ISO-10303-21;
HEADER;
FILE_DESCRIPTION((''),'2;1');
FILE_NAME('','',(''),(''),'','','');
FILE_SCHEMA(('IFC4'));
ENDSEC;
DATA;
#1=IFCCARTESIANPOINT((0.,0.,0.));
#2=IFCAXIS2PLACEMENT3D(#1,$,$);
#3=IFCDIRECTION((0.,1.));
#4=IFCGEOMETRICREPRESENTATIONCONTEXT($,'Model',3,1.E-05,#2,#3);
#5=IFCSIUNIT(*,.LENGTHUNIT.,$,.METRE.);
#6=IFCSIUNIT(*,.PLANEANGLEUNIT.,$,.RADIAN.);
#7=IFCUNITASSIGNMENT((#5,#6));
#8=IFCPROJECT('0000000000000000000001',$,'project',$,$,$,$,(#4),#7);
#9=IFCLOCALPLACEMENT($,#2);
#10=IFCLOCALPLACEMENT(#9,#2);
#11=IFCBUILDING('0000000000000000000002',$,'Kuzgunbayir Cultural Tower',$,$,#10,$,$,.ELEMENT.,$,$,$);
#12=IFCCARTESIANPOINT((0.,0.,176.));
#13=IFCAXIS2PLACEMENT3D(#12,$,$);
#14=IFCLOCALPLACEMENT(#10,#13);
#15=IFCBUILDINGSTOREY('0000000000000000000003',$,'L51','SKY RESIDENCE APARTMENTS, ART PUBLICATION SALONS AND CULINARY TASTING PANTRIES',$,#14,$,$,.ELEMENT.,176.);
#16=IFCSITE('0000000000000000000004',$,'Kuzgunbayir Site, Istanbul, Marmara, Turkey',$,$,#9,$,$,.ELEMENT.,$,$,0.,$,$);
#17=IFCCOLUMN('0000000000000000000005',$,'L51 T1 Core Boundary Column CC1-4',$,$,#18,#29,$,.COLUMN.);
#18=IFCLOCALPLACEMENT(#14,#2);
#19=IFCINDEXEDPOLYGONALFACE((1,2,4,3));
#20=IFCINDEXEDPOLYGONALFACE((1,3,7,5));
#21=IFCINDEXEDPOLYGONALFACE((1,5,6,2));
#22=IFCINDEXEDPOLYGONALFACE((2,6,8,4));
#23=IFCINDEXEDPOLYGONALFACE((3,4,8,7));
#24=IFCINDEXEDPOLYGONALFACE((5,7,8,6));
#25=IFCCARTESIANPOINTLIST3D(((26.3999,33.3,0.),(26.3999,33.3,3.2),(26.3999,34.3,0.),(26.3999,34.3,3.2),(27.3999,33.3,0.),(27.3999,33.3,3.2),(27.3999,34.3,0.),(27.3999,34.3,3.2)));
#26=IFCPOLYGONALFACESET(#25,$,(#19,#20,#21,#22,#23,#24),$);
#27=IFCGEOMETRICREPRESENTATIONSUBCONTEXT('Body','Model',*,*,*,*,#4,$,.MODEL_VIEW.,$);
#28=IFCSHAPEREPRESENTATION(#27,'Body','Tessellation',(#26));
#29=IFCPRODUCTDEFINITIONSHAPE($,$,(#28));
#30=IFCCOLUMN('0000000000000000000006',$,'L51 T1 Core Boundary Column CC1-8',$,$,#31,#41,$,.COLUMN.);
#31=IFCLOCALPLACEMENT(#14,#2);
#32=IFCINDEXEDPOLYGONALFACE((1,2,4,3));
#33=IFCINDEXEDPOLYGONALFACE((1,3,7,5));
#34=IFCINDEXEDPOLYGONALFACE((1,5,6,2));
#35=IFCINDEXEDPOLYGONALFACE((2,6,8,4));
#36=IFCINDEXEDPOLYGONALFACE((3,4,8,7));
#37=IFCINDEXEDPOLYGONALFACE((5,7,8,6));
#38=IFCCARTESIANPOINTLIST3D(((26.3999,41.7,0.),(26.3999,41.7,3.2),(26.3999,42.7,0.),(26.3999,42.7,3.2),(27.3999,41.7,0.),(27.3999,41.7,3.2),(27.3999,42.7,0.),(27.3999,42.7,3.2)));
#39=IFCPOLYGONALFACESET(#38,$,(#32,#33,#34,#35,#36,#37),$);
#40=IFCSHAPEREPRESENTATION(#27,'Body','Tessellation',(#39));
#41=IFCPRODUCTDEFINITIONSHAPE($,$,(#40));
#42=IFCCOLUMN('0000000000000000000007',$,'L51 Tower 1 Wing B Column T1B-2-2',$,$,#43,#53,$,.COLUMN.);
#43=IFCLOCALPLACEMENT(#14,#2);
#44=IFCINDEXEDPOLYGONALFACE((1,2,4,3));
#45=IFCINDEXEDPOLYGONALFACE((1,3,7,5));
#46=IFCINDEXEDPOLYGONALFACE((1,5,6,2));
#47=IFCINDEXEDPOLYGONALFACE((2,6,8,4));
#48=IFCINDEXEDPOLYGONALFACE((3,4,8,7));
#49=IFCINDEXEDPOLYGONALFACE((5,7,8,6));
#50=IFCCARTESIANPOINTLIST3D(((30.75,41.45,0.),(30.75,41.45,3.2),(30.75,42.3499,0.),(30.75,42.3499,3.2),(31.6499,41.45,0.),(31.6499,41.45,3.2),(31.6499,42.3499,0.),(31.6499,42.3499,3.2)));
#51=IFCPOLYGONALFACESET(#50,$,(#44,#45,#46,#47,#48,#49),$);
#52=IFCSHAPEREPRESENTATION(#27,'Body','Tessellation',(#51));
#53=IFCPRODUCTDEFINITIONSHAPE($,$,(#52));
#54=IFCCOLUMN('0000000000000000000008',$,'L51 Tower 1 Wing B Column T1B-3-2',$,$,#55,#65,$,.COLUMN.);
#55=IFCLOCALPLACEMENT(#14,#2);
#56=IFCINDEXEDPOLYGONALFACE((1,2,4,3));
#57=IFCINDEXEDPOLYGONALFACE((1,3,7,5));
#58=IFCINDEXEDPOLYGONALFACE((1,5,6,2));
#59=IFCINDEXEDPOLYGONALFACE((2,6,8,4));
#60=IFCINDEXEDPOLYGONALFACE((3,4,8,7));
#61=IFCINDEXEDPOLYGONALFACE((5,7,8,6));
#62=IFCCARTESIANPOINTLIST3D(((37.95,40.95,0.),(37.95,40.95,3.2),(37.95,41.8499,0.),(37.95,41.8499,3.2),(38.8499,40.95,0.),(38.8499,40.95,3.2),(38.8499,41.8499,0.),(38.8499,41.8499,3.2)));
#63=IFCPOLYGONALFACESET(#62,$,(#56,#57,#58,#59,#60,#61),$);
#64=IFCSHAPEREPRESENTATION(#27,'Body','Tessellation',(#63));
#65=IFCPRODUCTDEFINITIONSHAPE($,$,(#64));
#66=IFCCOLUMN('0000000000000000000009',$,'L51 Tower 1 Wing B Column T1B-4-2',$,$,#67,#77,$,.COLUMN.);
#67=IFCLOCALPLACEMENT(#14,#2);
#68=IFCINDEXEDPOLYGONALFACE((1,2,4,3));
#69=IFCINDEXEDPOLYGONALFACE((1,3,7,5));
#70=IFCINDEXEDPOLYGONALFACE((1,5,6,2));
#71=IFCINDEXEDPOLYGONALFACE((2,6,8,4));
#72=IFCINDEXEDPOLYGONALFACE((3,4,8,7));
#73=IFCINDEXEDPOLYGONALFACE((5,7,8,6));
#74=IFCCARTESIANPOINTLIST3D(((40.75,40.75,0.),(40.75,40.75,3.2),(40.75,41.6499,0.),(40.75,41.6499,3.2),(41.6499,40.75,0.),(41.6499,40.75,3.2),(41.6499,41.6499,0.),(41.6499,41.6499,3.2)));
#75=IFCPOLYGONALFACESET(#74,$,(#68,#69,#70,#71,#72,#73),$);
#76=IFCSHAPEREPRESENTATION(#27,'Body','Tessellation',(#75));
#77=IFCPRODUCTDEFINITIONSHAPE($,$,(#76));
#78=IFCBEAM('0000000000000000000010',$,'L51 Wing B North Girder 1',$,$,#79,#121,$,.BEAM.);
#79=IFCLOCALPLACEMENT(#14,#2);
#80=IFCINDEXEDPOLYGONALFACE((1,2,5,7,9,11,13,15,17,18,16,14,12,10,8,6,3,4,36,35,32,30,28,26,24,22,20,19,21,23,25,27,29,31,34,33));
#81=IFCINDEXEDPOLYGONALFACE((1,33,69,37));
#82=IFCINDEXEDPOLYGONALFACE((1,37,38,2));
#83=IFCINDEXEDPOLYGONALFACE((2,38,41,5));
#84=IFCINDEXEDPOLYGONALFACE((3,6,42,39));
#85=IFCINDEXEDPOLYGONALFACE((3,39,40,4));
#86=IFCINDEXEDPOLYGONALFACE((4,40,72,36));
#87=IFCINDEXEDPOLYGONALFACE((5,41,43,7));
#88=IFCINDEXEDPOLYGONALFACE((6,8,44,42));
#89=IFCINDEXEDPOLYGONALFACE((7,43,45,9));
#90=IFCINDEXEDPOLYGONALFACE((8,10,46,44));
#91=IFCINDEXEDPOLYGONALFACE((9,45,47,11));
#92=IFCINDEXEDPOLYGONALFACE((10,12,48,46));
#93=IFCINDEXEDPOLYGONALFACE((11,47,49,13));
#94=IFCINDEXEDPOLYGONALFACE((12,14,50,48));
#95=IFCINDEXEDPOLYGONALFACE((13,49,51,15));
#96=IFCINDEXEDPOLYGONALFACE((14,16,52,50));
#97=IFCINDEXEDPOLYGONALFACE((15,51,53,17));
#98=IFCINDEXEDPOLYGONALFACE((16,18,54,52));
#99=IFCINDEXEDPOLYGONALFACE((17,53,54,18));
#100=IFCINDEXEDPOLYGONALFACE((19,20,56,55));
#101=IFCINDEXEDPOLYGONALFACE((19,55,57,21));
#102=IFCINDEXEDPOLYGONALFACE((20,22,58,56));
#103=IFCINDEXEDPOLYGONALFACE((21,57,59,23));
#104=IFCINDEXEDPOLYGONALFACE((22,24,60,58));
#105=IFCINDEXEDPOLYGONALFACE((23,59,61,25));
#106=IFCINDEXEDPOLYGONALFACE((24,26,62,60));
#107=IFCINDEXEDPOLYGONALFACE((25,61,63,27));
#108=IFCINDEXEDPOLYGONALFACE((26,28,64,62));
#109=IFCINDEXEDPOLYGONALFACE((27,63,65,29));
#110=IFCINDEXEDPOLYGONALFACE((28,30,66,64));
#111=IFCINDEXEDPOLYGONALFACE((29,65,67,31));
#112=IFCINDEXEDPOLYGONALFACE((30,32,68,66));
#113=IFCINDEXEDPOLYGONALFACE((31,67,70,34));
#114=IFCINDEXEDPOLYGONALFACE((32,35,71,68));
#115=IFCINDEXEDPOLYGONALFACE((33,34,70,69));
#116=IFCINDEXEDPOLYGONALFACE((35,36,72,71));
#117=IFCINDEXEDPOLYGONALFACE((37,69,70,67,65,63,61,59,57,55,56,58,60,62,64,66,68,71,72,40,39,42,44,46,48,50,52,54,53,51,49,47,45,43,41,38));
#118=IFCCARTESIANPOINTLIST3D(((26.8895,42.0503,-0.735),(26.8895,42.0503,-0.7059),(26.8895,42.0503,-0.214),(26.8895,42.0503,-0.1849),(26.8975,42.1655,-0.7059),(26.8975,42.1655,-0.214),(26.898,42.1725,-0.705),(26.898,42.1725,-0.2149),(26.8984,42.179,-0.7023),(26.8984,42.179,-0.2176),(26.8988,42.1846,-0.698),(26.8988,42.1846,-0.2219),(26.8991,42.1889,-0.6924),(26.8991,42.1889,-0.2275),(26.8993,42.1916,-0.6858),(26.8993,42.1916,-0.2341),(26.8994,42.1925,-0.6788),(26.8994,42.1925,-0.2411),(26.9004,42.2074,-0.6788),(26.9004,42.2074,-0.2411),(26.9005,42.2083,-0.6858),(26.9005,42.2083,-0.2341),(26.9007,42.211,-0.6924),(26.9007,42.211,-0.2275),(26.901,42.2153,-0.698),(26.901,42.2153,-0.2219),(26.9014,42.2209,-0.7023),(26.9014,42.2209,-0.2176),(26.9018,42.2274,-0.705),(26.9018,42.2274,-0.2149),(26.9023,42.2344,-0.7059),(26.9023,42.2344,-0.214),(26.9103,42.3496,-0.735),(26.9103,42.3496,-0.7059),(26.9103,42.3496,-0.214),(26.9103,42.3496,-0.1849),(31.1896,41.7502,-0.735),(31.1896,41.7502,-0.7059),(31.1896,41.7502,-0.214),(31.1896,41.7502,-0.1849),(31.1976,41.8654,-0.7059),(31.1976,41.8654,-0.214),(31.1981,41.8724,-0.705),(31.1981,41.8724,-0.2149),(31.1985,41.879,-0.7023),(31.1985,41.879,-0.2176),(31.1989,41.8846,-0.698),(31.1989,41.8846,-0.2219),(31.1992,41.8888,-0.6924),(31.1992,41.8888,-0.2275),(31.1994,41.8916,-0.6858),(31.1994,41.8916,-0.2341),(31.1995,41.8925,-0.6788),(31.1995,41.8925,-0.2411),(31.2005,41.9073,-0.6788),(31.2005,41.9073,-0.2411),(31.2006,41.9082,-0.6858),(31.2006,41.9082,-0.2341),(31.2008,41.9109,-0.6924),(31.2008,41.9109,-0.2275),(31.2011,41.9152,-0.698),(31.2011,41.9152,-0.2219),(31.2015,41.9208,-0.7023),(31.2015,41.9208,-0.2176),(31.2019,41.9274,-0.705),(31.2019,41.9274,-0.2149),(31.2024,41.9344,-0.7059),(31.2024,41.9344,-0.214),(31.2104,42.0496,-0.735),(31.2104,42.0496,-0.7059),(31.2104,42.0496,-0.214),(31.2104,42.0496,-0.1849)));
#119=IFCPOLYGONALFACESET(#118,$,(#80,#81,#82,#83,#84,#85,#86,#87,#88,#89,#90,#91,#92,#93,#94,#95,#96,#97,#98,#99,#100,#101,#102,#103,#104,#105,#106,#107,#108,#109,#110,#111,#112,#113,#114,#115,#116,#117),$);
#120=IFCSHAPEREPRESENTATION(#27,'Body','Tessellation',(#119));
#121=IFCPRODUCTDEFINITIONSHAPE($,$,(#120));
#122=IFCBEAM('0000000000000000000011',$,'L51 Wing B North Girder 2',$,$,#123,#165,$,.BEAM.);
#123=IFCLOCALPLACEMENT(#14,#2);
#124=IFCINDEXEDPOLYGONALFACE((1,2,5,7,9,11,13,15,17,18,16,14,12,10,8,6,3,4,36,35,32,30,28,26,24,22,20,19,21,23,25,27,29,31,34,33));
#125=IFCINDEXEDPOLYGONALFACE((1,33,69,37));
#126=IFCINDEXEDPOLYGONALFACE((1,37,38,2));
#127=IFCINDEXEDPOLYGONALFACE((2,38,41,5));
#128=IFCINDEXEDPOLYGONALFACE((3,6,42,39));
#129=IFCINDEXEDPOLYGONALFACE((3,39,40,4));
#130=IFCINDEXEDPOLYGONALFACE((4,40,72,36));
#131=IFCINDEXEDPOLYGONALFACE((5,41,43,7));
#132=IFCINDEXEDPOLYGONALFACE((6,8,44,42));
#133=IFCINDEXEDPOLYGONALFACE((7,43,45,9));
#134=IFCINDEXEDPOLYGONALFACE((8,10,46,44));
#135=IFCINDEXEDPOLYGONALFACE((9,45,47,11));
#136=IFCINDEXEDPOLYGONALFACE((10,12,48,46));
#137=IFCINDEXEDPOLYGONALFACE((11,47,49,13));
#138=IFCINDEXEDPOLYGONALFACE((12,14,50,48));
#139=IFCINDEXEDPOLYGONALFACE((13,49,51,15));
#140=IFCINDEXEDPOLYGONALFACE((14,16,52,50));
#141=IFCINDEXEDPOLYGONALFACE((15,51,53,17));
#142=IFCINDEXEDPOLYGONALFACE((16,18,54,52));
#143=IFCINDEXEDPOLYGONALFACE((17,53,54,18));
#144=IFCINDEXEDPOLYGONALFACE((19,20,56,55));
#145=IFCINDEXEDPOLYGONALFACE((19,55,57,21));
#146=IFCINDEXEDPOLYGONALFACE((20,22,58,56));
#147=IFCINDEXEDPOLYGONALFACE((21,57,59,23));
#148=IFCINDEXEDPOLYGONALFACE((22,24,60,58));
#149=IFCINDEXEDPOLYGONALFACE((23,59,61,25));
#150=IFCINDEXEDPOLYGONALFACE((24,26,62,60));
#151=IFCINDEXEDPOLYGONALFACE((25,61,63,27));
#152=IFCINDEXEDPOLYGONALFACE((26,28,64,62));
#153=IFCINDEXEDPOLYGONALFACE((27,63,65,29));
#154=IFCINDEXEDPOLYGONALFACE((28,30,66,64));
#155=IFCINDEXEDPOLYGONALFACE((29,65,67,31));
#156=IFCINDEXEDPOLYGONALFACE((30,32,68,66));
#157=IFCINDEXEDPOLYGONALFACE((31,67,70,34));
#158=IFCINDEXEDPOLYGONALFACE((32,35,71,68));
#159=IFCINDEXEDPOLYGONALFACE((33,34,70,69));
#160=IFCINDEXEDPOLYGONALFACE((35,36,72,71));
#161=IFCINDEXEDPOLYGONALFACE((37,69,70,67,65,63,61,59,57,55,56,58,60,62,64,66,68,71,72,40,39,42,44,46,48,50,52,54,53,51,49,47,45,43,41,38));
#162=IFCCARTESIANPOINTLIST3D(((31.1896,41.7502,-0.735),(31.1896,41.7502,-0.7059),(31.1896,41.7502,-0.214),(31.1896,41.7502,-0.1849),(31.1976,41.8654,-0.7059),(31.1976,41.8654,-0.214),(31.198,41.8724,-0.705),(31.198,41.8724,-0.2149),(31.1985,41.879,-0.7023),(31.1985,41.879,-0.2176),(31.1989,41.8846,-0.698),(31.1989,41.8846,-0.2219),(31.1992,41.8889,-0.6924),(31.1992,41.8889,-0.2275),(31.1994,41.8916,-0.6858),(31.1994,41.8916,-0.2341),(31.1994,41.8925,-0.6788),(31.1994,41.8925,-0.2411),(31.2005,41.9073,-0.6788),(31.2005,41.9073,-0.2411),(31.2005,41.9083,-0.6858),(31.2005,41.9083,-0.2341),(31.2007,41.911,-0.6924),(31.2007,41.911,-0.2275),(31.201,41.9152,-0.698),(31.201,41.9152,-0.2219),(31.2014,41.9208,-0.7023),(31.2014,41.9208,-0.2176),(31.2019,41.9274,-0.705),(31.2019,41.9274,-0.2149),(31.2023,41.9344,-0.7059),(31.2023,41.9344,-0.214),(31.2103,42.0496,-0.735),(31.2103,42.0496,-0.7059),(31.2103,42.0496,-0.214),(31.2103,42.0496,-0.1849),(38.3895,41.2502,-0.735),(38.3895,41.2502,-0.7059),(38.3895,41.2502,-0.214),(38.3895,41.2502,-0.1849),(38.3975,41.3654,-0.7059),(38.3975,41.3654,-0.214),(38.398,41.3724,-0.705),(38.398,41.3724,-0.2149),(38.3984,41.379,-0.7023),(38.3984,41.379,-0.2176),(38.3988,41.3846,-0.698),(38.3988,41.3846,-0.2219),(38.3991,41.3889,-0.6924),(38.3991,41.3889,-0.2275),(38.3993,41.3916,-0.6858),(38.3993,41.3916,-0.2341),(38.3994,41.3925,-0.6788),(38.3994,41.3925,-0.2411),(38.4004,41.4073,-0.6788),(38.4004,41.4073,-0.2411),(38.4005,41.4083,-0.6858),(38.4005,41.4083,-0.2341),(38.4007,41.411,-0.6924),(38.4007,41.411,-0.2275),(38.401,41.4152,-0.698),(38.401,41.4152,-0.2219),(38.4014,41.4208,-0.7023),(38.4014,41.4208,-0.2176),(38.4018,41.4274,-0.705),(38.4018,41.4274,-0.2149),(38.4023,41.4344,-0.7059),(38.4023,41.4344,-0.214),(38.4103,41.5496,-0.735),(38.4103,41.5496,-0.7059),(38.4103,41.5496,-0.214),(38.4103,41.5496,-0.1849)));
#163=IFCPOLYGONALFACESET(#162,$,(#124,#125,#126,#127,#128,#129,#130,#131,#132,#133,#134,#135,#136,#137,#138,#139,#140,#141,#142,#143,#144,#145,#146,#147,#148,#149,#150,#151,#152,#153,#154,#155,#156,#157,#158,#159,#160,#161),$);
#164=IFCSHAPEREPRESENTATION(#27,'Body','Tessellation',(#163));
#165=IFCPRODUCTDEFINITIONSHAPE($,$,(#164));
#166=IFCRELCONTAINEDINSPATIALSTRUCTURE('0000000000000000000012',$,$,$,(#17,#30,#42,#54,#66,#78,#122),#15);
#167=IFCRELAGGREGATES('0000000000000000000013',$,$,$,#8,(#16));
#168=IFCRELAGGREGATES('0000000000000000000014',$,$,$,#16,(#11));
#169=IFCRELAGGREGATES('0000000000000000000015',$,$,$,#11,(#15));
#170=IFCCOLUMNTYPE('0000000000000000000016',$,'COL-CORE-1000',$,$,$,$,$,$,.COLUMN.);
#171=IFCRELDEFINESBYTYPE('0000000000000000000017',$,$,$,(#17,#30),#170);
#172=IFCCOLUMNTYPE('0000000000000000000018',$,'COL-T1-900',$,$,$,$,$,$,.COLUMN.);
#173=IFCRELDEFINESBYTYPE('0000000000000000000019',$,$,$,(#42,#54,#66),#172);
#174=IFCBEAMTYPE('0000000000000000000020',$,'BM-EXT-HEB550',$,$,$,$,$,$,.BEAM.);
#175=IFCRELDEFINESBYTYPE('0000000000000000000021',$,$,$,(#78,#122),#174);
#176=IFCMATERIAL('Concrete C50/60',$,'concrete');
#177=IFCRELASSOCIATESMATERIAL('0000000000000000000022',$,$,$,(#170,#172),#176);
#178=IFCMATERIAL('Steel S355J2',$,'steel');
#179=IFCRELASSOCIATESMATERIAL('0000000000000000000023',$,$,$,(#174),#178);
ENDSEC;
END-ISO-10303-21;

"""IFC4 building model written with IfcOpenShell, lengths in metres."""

from ifc_helpers import new_model, si_unit, direction, frame, origin, origin_2d, place, context, subcontext, project, spatial, rectangle, i_section, extrude, material, material_profile, profile_set, type_object, element, save


model = new_model("IFC4")

# Units and contexts
model_context = context("Model", 3, precision=1e-05, world=origin(), true_north=direction((0.0, 1.0)))
body_context = subcontext(model_context, "Body", "Model", "MODEL_VIEW")
ifc_project = project(units=[si_unit("LENGTHUNIT", "METRE"), si_unit("PLANEANGLEUNIT", "RADIAN")], contexts=[model_context])

# Site, building, storey
site_placement = place(None, origin())
site = spatial("IfcSite", under=ifc_project, at=site_placement, Name="Kuzgunbayir Site, Istanbul, Marmara, Turkey", CompositionType="ELEMENT", RefElevation=0.0)
building_placement = place(site_placement, origin())
building = spatial("IfcBuilding", under=site, at=building_placement, Name="Kuzgunbayir Cultural Tower", CompositionType="ELEMENT")
storey_placement = place(building_placement, frame((0.0, 0.0, 176.0)))
storey = spatial("IfcBuildingStorey", under=building, at=storey_placement, Name="L51", Description="SKY RESIDENCE APARTMENTS, ART PUBLICATION SALONS AND CULINARY TASTING PANTRIES", CompositionType="ELEMENT", Elevation=176.0)

# Columns
ifc_material_1 = material(Name="Concrete C50/60", Category="concrete")
ifc_material_profile_1 = material_profile(ifc_material_1, rectangle(XDim=1.0, YDim=1.0, at=origin_2d()), Name="RC 1000x1000")
ifc_profile_set_1 = profile_set([ifc_material_profile_1], Name="Concrete C50/60")
column_type_1 = type_object("IfcColumnType", Name="COL-CORE-1000", PredefinedType="COLUMN", material=ifc_profile_set_1)
for number, where, z_axis, x_axis, name in (
    (1, (26.8999, 33.8, 0.0), (0.0, 0.0, 1.0), (1.0, 0.0, 0.0), "L51 T1 Core Boundary Column CC1-4"),
    (2, (26.8999, 42.2, 0.0), (0.0, 0.0, 1.0), (1.0, 0.0, 0.0), "L51 T1 Core Boundary Column CC1-8"),
):
    element("IfcColumn", number, at=place(storey_placement, frame(where, z_axis=z_axis, x_axis=x_axis)), inside=storey, type_object=column_type_1, Name=name, PredefinedType="COLUMN", context=body_context, shape_type="SweptSolid", body=[
        extrude(rectangle(XDim=1.0, YDim=1.0, at=origin_2d()), origin(), (0.0, 0.0, 1.0), 3.2),
    ])
ifc_material_profile_2 = material_profile(ifc_material_1, rectangle(XDim=0.8999, YDim=0.8999, at=origin_2d()), Name="RC 900x900")
ifc_profile_set_2 = profile_set([ifc_material_profile_2], Name="Concrete C50/60")
column_type_2 = type_object("IfcColumnType", Name="COL-T1-900", PredefinedType="COLUMN", material=ifc_profile_set_2)
for number, where, z_axis, x_axis, name in (
    (3, (31.2, 41.8999, 0.0), (0.0, 0.0, 1.0), (1.0, 0.0, 0.0), "L51 Tower 1 Wing B Column T1B-2-2"),
    (4, (38.3999, 41.3999, 0.0), (0.0, 0.0, 1.0), (1.0, 0.0, 0.0), "L51 Tower 1 Wing B Column T1B-3-2"),
    (5, (41.2, 41.2, 0.0), (0.0, 0.0, 1.0), (1.0, 0.0, 0.0), "L51 Tower 1 Wing B Column T1B-4-2"),
):
    element("IfcColumn", number, at=place(storey_placement, frame(where, z_axis=z_axis, x_axis=x_axis)), inside=storey, type_object=column_type_2, Name=name, PredefinedType="COLUMN", context=body_context, shape_type="SweptSolid", body=[
        extrude(rectangle(XDim=0.8999, YDim=0.8999, at=origin_2d()), origin(), (0.0, 0.0, 1.0), 3.2),
    ])

# Beams
ifc_material_2 = material(Name="Steel S355J2", Category="steel")
ifc_material_profile_3 = material_profile(ifc_material_2, i_section(OverallWidth=0.3, OverallDepth=0.55, WebThickness=0.0149, FlangeThickness=0.0291, FilletRadius=0.0271, at=origin_2d()), Name="HEB 550")
ifc_profile_set_3 = profile_set([ifc_material_profile_3], Name="Steel S355J2")
beam_type_1 = type_object("IfcBeamType", Name="BM-EXT-HEB550", PredefinedType="BEAM", material=ifc_profile_set_3)
beam_1_placement = place(storey_placement, frame((26.8999, 42.2, -0.46), z_axis=(0.997574, -0.069609, 0.0), x_axis=(0.069609, 0.997574, 0.0)))
element("IfcBeam", 6, at=beam_1_placement, inside=storey, type_object=beam_type_1, Name="L51 Wing B North Girder 1", PredefinedType="BEAM", context=body_context, shape_type="SweptSolid", body=[
    extrude(i_section(OverallWidth=0.3, OverallDepth=0.55, WebThickness=0.0149, FlangeThickness=0.0291, FilletRadius=0.0271, at=origin_2d()), origin(), (0.0, 0.0, 1.0), 4.3105),
])
beam_2_placement = place(storey_placement, frame((31.2, 41.8999, -0.46), z_axis=(0.997597, -0.069278, 0.0), x_axis=(0.069278, 0.997597, 0.0)))
element("IfcBeam", 7, at=beam_2_placement, inside=storey, type_object=beam_type_1, Name="L51 Wing B North Girder 2", PredefinedType="BEAM", context=body_context, shape_type="SweptSolid", body=[
    extrude(i_section(OverallWidth=0.3, OverallDepth=0.55, WebThickness=0.0149, FlangeThickness=0.0291, FilletRadius=0.0271, at=origin_2d()), origin(), (0.0, 0.0, 1.0), 7.2173),
])

save(model, "model.ifc")
